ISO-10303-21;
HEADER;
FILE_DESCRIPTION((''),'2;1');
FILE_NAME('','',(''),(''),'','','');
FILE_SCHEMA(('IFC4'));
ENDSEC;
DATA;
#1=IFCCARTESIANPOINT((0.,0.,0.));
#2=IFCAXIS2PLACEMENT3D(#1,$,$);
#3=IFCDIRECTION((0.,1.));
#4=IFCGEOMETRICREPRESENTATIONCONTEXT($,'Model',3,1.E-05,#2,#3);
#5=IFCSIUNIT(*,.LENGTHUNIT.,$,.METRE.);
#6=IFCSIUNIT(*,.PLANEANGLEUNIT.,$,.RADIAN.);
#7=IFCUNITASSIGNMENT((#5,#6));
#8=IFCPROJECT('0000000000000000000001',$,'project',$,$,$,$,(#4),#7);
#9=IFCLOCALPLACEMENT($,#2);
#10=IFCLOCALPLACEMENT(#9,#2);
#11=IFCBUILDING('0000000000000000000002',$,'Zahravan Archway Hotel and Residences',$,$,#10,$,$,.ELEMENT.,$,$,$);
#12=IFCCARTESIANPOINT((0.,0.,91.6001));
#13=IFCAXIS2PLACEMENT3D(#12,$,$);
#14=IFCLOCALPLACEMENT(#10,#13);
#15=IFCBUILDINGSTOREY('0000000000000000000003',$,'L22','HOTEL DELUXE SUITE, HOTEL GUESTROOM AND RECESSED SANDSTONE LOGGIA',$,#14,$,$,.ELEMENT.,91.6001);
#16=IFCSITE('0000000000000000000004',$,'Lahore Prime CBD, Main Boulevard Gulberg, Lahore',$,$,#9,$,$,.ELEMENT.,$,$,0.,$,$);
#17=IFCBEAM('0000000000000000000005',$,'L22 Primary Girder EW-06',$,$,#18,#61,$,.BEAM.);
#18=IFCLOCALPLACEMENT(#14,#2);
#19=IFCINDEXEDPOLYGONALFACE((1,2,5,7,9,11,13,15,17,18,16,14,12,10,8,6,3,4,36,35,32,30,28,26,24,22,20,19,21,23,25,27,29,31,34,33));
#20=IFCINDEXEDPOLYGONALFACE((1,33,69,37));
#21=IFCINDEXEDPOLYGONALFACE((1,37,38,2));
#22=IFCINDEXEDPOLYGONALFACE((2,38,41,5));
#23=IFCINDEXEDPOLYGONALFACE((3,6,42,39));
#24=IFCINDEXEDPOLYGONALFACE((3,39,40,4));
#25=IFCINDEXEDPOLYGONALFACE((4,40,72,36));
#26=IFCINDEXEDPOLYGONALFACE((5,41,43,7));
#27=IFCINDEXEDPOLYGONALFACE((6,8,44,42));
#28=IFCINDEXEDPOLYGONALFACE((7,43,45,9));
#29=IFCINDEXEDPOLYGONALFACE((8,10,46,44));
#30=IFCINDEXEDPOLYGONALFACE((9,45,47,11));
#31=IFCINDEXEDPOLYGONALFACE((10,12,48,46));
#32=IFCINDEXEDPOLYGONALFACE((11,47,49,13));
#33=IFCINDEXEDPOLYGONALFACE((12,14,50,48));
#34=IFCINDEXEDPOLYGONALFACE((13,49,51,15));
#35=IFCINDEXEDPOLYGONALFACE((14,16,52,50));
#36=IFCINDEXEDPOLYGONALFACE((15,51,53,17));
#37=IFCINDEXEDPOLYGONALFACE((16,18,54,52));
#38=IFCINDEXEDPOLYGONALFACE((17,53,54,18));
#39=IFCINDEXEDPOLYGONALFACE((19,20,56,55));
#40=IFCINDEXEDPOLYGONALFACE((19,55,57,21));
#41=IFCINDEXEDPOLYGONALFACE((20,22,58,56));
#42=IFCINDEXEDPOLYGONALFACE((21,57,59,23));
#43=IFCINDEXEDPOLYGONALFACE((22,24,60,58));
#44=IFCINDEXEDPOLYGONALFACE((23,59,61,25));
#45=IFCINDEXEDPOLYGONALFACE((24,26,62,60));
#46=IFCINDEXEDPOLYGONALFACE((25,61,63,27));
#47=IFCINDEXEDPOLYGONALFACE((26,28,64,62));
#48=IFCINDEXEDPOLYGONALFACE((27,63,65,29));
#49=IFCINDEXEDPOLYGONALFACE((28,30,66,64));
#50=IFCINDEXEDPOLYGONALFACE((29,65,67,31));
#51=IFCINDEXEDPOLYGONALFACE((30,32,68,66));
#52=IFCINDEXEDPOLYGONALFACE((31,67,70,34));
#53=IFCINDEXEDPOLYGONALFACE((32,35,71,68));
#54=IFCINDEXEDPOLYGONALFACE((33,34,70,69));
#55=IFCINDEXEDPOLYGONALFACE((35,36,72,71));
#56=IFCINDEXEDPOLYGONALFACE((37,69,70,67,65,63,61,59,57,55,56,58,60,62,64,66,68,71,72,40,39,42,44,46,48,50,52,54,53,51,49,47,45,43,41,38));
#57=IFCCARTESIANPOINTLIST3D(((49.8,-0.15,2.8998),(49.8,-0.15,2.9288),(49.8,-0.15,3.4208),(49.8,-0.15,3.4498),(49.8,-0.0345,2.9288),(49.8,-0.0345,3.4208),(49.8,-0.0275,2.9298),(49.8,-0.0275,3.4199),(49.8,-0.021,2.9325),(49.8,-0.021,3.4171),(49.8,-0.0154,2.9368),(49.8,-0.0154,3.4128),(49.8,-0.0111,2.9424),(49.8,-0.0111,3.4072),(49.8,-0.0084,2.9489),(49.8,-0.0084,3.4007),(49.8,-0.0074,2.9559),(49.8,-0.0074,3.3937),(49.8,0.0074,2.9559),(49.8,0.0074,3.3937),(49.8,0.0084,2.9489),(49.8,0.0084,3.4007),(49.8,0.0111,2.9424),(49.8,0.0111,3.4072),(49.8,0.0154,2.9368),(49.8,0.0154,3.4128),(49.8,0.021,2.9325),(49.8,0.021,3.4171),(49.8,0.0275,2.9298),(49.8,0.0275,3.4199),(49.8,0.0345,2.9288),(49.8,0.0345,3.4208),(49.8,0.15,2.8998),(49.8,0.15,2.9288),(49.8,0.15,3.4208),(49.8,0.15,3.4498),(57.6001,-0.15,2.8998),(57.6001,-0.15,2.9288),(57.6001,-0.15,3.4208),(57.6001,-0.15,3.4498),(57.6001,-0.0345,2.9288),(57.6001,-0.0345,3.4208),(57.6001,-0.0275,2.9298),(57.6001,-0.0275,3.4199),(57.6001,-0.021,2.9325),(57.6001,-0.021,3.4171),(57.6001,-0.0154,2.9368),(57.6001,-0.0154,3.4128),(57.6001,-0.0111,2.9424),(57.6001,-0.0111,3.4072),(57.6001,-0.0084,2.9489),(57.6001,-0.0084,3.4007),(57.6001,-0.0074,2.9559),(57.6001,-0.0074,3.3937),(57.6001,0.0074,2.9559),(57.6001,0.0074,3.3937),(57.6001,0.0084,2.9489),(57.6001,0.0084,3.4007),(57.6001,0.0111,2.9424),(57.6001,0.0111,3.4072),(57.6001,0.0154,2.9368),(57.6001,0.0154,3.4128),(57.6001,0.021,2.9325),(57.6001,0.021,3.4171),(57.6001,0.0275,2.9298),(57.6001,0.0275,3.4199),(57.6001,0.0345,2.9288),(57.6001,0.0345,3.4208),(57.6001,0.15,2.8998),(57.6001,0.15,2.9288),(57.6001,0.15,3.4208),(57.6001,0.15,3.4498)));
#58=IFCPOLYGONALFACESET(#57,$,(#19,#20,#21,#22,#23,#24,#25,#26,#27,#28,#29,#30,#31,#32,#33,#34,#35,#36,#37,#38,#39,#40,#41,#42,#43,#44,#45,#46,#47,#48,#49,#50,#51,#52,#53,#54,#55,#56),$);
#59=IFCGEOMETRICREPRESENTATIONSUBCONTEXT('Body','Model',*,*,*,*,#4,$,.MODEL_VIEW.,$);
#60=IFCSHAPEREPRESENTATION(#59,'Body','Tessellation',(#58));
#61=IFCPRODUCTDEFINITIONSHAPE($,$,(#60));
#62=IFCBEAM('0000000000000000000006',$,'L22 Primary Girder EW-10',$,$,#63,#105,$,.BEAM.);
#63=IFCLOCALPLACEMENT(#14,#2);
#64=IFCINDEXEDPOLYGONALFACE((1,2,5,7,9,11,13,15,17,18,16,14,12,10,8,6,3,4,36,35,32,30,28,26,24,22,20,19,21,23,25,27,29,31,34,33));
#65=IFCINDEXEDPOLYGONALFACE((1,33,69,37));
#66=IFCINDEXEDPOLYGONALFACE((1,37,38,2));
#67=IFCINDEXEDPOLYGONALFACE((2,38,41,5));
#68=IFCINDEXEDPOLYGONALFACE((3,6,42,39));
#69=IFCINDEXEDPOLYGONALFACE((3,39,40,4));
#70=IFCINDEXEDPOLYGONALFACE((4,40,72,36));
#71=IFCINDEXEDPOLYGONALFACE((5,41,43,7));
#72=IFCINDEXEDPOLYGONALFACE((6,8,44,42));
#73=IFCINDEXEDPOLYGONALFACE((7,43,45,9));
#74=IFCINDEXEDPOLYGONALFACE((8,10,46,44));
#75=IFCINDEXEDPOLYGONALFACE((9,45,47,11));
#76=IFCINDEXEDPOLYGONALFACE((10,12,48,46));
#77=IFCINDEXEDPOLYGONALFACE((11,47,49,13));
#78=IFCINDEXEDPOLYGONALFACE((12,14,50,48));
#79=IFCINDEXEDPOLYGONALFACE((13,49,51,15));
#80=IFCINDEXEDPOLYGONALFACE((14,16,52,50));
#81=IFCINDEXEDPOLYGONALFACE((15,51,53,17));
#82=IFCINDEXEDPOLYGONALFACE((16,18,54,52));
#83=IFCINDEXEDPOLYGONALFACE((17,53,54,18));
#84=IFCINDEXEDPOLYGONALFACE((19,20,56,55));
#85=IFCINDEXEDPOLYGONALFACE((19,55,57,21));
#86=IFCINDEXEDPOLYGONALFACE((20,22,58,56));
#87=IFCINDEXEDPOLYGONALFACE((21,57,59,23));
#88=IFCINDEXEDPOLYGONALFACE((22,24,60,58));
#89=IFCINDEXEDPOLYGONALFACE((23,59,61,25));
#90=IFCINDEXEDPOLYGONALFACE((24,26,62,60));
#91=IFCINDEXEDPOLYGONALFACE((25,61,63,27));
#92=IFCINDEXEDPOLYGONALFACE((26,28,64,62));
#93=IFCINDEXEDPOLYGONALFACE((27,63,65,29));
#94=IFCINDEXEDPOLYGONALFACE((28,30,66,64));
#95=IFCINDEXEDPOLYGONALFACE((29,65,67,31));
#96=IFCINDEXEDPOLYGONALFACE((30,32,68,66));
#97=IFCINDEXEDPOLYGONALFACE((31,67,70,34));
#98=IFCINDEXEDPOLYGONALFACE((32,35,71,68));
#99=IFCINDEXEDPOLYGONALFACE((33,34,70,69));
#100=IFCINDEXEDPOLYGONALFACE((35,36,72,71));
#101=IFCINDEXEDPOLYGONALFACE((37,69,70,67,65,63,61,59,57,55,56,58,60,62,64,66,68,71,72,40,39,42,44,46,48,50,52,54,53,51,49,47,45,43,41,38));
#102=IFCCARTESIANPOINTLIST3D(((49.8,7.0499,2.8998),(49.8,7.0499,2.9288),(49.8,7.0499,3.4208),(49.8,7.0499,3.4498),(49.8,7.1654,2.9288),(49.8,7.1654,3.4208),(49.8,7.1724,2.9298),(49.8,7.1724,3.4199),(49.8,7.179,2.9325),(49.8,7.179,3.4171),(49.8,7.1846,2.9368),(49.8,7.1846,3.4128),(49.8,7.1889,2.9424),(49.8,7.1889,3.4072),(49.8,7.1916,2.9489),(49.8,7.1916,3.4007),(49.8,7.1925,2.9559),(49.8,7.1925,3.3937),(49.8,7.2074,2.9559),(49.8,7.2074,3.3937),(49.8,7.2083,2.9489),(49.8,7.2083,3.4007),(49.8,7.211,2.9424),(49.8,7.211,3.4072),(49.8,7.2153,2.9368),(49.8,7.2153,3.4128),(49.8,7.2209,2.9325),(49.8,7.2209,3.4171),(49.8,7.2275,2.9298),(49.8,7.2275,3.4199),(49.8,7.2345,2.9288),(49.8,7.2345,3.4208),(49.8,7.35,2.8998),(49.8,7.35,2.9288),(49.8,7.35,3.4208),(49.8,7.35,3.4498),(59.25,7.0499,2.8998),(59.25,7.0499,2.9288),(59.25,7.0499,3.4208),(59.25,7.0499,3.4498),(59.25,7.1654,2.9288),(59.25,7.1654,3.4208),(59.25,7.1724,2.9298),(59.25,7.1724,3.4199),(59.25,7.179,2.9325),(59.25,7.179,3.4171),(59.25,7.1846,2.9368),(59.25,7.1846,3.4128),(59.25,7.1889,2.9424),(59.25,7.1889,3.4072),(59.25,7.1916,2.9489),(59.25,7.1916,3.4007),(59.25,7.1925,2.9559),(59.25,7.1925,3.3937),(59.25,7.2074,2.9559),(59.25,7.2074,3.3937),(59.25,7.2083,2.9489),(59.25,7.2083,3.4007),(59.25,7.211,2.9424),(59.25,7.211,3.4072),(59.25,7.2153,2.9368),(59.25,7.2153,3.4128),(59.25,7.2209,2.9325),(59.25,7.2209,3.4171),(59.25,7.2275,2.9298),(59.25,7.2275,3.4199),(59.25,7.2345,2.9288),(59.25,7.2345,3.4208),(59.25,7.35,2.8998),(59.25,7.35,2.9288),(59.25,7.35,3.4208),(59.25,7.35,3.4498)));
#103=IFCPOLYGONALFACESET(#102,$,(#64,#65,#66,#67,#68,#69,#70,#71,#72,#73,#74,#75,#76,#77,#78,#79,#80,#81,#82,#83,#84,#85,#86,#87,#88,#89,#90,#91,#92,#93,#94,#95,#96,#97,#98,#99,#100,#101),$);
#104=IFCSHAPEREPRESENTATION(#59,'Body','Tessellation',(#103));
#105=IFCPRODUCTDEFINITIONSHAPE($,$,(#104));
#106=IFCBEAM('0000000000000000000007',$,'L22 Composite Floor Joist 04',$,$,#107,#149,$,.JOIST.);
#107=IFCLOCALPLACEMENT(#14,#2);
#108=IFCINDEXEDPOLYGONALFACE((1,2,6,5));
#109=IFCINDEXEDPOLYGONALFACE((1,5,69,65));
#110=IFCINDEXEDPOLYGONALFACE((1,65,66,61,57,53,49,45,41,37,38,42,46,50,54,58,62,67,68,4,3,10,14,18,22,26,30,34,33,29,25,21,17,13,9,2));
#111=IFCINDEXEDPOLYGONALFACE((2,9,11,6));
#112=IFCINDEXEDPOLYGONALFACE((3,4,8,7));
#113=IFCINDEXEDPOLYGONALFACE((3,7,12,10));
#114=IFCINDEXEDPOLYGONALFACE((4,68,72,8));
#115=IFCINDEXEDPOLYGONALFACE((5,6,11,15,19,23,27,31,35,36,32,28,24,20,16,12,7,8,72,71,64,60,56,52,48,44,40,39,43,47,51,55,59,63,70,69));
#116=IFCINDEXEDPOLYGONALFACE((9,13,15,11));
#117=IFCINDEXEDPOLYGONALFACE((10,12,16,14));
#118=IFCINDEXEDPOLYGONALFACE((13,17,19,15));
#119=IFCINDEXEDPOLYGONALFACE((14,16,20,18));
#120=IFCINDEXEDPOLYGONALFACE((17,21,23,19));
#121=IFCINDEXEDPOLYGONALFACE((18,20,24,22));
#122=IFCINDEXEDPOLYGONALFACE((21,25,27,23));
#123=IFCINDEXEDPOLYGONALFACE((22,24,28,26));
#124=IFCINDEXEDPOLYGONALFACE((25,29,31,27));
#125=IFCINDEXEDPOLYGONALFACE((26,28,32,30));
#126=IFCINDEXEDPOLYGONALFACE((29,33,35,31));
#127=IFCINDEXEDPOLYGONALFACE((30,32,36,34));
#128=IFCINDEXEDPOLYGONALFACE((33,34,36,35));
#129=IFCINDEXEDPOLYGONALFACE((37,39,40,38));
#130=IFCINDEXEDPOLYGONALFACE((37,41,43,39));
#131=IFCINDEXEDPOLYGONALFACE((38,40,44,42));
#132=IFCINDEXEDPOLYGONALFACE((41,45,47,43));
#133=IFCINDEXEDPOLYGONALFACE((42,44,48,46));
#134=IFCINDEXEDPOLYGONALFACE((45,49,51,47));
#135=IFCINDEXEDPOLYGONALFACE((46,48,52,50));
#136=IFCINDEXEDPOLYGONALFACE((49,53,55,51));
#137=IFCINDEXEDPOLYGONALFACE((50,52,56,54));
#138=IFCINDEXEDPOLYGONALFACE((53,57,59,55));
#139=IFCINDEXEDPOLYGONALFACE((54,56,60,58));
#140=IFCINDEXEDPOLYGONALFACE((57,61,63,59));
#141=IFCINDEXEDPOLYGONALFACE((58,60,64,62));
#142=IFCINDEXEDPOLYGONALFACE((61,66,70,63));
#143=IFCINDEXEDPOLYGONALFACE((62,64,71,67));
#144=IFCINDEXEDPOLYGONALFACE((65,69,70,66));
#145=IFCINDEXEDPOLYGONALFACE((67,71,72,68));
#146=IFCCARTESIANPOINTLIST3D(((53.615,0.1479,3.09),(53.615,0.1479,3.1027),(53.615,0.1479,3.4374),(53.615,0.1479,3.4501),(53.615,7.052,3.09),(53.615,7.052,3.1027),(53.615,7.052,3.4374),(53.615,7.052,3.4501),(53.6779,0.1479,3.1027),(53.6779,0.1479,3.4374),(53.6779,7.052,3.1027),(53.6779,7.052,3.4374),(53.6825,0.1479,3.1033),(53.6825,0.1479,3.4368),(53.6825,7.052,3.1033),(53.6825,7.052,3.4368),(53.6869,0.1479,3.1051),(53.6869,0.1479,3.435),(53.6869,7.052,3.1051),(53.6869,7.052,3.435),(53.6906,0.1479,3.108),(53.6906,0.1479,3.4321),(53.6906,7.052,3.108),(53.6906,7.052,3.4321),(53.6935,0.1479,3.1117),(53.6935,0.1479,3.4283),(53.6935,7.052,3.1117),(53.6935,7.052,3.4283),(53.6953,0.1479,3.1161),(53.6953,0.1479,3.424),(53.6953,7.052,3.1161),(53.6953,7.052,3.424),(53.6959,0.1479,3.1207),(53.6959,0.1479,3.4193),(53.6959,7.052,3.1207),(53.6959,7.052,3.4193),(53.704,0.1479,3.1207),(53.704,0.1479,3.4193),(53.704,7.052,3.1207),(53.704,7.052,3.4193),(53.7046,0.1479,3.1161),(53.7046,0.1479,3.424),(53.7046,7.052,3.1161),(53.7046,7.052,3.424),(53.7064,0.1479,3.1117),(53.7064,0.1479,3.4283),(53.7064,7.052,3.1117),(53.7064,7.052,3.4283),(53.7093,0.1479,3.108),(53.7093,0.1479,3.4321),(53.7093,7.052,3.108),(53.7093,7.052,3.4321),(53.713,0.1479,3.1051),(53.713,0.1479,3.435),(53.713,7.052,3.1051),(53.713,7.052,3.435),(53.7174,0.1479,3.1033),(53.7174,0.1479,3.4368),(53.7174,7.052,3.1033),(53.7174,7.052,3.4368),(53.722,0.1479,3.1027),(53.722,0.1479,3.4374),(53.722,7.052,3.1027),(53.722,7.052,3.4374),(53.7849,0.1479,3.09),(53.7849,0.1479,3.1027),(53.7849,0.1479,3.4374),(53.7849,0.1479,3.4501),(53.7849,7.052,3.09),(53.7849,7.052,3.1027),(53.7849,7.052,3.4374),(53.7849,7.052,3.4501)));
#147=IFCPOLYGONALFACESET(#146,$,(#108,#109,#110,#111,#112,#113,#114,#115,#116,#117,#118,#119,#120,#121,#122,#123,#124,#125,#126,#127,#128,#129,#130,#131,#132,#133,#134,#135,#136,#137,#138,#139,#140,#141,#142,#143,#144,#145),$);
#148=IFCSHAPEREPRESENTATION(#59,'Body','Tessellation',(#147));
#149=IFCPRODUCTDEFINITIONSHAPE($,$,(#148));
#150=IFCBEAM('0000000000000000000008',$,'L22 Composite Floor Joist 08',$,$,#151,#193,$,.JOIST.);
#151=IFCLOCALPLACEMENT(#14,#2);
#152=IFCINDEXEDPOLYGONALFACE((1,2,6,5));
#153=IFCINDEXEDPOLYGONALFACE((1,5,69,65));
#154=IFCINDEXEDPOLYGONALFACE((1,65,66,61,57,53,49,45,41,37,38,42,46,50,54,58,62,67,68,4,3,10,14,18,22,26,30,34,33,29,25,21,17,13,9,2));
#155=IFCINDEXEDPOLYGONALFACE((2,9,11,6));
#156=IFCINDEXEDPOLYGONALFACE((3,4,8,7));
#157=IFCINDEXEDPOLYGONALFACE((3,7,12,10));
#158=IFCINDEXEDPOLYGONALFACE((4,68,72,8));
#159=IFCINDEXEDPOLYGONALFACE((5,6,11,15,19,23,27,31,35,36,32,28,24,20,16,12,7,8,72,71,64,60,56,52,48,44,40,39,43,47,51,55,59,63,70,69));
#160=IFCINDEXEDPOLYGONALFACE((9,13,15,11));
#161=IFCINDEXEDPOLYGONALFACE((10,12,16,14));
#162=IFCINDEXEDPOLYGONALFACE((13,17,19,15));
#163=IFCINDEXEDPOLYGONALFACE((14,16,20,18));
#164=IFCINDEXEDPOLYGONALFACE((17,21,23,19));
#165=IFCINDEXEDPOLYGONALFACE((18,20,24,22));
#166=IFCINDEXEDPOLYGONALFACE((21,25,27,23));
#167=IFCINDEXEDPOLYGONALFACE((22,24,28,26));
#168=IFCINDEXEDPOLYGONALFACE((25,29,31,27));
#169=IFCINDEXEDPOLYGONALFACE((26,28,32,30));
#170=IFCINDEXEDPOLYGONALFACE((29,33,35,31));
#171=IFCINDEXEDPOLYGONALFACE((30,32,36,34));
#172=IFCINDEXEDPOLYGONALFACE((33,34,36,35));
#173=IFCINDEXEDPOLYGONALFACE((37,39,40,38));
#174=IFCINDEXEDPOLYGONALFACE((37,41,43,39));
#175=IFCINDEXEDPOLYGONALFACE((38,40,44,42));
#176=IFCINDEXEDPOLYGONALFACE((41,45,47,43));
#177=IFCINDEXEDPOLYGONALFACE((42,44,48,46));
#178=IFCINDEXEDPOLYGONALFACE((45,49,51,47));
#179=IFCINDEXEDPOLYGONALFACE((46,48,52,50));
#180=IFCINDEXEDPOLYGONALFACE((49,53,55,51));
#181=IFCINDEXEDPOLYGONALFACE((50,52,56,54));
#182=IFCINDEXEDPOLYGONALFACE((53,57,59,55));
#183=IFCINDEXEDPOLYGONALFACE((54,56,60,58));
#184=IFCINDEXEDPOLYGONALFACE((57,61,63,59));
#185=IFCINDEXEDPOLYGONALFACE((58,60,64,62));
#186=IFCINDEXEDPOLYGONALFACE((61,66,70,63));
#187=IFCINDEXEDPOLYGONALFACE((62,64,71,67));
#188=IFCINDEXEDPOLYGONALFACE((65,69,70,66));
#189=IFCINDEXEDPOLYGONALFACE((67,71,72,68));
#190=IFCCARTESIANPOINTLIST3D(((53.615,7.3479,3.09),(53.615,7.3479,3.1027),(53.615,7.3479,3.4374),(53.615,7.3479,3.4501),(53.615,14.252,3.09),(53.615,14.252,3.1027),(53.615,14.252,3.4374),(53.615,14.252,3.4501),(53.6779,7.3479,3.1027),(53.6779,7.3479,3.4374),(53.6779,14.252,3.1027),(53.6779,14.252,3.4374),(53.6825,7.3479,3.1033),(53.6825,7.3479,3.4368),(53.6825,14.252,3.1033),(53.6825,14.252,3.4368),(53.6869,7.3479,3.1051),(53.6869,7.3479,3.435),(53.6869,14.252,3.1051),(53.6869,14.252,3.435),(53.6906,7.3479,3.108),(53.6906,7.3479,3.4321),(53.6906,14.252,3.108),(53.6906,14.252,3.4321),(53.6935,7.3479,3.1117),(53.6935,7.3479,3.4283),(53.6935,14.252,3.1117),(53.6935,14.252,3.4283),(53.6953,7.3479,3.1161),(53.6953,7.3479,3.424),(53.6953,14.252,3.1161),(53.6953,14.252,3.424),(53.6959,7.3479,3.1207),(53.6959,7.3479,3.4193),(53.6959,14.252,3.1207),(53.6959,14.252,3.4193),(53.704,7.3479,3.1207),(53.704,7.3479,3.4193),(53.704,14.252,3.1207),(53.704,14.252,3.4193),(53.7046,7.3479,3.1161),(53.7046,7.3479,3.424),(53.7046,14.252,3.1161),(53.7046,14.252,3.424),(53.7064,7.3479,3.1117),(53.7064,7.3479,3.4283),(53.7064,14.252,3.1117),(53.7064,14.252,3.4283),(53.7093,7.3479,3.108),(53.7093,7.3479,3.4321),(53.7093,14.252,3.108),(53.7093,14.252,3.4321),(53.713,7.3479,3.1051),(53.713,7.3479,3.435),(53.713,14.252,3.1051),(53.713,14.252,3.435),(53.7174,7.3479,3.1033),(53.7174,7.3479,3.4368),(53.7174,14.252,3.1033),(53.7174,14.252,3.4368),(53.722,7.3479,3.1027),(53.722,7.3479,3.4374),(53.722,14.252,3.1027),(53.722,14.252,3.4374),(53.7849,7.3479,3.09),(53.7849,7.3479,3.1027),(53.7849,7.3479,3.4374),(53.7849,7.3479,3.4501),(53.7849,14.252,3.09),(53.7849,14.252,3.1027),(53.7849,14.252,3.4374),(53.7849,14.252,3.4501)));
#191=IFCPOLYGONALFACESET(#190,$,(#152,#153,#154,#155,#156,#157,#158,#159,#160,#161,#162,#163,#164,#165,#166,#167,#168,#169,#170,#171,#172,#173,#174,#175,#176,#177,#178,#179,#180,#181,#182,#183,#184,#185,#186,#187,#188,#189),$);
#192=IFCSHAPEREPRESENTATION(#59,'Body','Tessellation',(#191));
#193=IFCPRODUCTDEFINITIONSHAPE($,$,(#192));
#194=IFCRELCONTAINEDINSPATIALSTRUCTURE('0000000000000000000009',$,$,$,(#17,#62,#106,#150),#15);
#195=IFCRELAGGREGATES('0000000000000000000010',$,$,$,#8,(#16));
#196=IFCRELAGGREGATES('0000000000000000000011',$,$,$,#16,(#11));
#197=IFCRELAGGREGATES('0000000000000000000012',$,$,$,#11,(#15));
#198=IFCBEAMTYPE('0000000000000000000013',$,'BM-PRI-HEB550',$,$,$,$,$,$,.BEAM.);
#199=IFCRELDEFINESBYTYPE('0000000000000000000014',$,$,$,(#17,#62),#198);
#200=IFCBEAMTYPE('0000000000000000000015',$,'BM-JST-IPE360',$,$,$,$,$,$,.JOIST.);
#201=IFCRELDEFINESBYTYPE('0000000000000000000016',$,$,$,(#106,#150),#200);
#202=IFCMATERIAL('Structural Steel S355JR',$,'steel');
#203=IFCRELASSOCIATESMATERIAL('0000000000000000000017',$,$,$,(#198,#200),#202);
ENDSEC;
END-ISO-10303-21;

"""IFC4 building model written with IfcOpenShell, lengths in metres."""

from ifc_helpers import new_model, si_unit, direction, frame, origin, origin_2d, place, context, subcontext, project, spatial, i_section, extrude, source, transform, mapped, material, material_profile, profile_set, type_object, type_shapes, element, save


model = new_model("IFC4")

# Units and contexts
model_context = context("Model", 3, precision=1e-05, world=origin(), true_north=direction((0.0, 1.0)))
body_context = subcontext(model_context, "Body", "Model", "MODEL_VIEW")
ifc_project = project(units=[si_unit("LENGTHUNIT", "METRE"), si_unit("PLANEANGLEUNIT", "RADIAN")], contexts=[model_context])

# Site, building, storey
site_placement = place(None, origin())
site = spatial("IfcSite", under=ifc_project, at=site_placement, Name="Lahore Prime CBD, Main Boulevard Gulberg, Lahore", CompositionType="ELEMENT", RefElevation=0.0)
building_placement = place(site_placement, origin())
building = spatial("IfcBuilding", under=site, at=building_placement, Name="Zahravan Archway Hotel and Residences", CompositionType="ELEMENT")
storey_placement = place(building_placement, frame((0.0, 0.0, 91.6001)))
storey = spatial("IfcBuildingStorey", under=building, at=storey_placement, Name="L22", Description="HOTEL DELUXE SUITE, HOTEL GUESTROOM AND RECESSED SANDSTONE LOGGIA", CompositionType="ELEMENT", Elevation=91.6001)

# Beams
ifc_material_1 = material(Name="Structural Steel S355JR", Category="steel")
ifc_material_profile_1 = material_profile(ifc_material_1, i_section(OverallWidth=0.3, OverallDepth=0.55, WebThickness=0.0149, FlangeThickness=0.0291, FilletRadius=0.0271, at=origin_2d()), Name="HEB 550", Category="steel")
ifc_profile_set_1 = profile_set([ifc_material_profile_1], Name="Structural Steel S355JR")
beam_type_1 = type_object("IfcBeamType", Name="BM-PRI-HEB550", PredefinedType="BEAM", material=ifc_profile_set_1)
shared_shape_1 = source(origin(), body_context, "Body", "SweptSolid", [
    extrude(i_section(OverallWidth=0.3, OverallDepth=0.55, WebThickness=0.0149, FlangeThickness=0.0291, FilletRadius=0.0271, at=origin_2d()), origin(), (0.0, 0.0, 1.0), 7.8),
])
beam_1_placement = place(storey_placement, frame((49.8, 0.0, 3.1748), z_axis=(1.0, 0.0, 0.0), x_axis=(0.0, 1.0, 0.0)))
element("IfcBeam", 1, at=beam_1_placement, inside=storey, type_object=beam_type_1, Name="L22 Primary Girder EW-06", PredefinedType="BEAM", context=body_context, shape_type="MappedRepresentation", body=[
    mapped(shared_shape_1, transform((0.0, 0.0, 0.0), scale=1.0)),
])
shared_shape_2 = source(origin(), body_context, "Body", "SweptSolid", [
    extrude(i_section(OverallWidth=0.3, OverallDepth=0.55, WebThickness=0.0149, FlangeThickness=0.0291, FilletRadius=0.0271, at=origin_2d()), origin(), (0.0, 0.0, 1.0), 9.45),
])
beam_2_placement = place(storey_placement, frame((49.8, 7.2, 3.1748), z_axis=(1.0, 0.0, 0.0), x_axis=(0.0, 1.0, 0.0)))
element("IfcBeam", 2, at=beam_2_placement, inside=storey, type_object=beam_type_1, Name="L22 Primary Girder EW-10", PredefinedType="BEAM", context=body_context, shape_type="MappedRepresentation", body=[
    mapped(shared_shape_2, transform((0.0, 0.0, 0.0), scale=1.0)),
])
ifc_material_profile_2 = material_profile(ifc_material_1, i_section(OverallWidth=0.1699, OverallDepth=0.3601, WebThickness=0.0081, FlangeThickness=0.0127, FilletRadius=0.0181, at=origin_2d()), Name="IPE 360", Category="steel")
ifc_profile_set_2 = profile_set([ifc_material_profile_2], Name="Structural Steel S355JR")
beam_type_2 = type_object("IfcBeamType", Name="BM-JST-IPE360", PredefinedType="JOIST", material=ifc_profile_set_2)
shared_shape_3 = source(origin(), body_context, "Body", "SweptSolid", [
    extrude(i_section(OverallWidth=0.1699, OverallDepth=0.3601, WebThickness=0.0081, FlangeThickness=0.0127, FilletRadius=0.0181, at=origin_2d()), origin(), (0.0, 0.0, 1.0), 6.9041),
])
type_shapes(beam_type_2, [shared_shape_3])
for number, where, z_axis, x_axis, name in (
    (3, (53.7, 0.1479, 3.27), (0.0, 1.0, 0.0), (-1.0, 0.0, 0.0), "L22 Composite Floor Joist 04"),
    (4, (53.7, 7.3479, 3.27), (0.0, 1.0, 0.0), (-1.0, 0.0, 0.0), "L22 Composite Floor Joist 08"),
):
    element("IfcBeam", number, at=place(storey_placement, frame(where, z_axis=z_axis, x_axis=x_axis)), inside=storey, type_object=beam_type_2, Name=name, PredefinedType="JOIST", context=body_context, shape_type="MappedRepresentation", body=[
        mapped(shared_shape_3, transform((0.0, 0.0, 0.0), scale=1.0)),
    ])

save(model, "model.ifc")
